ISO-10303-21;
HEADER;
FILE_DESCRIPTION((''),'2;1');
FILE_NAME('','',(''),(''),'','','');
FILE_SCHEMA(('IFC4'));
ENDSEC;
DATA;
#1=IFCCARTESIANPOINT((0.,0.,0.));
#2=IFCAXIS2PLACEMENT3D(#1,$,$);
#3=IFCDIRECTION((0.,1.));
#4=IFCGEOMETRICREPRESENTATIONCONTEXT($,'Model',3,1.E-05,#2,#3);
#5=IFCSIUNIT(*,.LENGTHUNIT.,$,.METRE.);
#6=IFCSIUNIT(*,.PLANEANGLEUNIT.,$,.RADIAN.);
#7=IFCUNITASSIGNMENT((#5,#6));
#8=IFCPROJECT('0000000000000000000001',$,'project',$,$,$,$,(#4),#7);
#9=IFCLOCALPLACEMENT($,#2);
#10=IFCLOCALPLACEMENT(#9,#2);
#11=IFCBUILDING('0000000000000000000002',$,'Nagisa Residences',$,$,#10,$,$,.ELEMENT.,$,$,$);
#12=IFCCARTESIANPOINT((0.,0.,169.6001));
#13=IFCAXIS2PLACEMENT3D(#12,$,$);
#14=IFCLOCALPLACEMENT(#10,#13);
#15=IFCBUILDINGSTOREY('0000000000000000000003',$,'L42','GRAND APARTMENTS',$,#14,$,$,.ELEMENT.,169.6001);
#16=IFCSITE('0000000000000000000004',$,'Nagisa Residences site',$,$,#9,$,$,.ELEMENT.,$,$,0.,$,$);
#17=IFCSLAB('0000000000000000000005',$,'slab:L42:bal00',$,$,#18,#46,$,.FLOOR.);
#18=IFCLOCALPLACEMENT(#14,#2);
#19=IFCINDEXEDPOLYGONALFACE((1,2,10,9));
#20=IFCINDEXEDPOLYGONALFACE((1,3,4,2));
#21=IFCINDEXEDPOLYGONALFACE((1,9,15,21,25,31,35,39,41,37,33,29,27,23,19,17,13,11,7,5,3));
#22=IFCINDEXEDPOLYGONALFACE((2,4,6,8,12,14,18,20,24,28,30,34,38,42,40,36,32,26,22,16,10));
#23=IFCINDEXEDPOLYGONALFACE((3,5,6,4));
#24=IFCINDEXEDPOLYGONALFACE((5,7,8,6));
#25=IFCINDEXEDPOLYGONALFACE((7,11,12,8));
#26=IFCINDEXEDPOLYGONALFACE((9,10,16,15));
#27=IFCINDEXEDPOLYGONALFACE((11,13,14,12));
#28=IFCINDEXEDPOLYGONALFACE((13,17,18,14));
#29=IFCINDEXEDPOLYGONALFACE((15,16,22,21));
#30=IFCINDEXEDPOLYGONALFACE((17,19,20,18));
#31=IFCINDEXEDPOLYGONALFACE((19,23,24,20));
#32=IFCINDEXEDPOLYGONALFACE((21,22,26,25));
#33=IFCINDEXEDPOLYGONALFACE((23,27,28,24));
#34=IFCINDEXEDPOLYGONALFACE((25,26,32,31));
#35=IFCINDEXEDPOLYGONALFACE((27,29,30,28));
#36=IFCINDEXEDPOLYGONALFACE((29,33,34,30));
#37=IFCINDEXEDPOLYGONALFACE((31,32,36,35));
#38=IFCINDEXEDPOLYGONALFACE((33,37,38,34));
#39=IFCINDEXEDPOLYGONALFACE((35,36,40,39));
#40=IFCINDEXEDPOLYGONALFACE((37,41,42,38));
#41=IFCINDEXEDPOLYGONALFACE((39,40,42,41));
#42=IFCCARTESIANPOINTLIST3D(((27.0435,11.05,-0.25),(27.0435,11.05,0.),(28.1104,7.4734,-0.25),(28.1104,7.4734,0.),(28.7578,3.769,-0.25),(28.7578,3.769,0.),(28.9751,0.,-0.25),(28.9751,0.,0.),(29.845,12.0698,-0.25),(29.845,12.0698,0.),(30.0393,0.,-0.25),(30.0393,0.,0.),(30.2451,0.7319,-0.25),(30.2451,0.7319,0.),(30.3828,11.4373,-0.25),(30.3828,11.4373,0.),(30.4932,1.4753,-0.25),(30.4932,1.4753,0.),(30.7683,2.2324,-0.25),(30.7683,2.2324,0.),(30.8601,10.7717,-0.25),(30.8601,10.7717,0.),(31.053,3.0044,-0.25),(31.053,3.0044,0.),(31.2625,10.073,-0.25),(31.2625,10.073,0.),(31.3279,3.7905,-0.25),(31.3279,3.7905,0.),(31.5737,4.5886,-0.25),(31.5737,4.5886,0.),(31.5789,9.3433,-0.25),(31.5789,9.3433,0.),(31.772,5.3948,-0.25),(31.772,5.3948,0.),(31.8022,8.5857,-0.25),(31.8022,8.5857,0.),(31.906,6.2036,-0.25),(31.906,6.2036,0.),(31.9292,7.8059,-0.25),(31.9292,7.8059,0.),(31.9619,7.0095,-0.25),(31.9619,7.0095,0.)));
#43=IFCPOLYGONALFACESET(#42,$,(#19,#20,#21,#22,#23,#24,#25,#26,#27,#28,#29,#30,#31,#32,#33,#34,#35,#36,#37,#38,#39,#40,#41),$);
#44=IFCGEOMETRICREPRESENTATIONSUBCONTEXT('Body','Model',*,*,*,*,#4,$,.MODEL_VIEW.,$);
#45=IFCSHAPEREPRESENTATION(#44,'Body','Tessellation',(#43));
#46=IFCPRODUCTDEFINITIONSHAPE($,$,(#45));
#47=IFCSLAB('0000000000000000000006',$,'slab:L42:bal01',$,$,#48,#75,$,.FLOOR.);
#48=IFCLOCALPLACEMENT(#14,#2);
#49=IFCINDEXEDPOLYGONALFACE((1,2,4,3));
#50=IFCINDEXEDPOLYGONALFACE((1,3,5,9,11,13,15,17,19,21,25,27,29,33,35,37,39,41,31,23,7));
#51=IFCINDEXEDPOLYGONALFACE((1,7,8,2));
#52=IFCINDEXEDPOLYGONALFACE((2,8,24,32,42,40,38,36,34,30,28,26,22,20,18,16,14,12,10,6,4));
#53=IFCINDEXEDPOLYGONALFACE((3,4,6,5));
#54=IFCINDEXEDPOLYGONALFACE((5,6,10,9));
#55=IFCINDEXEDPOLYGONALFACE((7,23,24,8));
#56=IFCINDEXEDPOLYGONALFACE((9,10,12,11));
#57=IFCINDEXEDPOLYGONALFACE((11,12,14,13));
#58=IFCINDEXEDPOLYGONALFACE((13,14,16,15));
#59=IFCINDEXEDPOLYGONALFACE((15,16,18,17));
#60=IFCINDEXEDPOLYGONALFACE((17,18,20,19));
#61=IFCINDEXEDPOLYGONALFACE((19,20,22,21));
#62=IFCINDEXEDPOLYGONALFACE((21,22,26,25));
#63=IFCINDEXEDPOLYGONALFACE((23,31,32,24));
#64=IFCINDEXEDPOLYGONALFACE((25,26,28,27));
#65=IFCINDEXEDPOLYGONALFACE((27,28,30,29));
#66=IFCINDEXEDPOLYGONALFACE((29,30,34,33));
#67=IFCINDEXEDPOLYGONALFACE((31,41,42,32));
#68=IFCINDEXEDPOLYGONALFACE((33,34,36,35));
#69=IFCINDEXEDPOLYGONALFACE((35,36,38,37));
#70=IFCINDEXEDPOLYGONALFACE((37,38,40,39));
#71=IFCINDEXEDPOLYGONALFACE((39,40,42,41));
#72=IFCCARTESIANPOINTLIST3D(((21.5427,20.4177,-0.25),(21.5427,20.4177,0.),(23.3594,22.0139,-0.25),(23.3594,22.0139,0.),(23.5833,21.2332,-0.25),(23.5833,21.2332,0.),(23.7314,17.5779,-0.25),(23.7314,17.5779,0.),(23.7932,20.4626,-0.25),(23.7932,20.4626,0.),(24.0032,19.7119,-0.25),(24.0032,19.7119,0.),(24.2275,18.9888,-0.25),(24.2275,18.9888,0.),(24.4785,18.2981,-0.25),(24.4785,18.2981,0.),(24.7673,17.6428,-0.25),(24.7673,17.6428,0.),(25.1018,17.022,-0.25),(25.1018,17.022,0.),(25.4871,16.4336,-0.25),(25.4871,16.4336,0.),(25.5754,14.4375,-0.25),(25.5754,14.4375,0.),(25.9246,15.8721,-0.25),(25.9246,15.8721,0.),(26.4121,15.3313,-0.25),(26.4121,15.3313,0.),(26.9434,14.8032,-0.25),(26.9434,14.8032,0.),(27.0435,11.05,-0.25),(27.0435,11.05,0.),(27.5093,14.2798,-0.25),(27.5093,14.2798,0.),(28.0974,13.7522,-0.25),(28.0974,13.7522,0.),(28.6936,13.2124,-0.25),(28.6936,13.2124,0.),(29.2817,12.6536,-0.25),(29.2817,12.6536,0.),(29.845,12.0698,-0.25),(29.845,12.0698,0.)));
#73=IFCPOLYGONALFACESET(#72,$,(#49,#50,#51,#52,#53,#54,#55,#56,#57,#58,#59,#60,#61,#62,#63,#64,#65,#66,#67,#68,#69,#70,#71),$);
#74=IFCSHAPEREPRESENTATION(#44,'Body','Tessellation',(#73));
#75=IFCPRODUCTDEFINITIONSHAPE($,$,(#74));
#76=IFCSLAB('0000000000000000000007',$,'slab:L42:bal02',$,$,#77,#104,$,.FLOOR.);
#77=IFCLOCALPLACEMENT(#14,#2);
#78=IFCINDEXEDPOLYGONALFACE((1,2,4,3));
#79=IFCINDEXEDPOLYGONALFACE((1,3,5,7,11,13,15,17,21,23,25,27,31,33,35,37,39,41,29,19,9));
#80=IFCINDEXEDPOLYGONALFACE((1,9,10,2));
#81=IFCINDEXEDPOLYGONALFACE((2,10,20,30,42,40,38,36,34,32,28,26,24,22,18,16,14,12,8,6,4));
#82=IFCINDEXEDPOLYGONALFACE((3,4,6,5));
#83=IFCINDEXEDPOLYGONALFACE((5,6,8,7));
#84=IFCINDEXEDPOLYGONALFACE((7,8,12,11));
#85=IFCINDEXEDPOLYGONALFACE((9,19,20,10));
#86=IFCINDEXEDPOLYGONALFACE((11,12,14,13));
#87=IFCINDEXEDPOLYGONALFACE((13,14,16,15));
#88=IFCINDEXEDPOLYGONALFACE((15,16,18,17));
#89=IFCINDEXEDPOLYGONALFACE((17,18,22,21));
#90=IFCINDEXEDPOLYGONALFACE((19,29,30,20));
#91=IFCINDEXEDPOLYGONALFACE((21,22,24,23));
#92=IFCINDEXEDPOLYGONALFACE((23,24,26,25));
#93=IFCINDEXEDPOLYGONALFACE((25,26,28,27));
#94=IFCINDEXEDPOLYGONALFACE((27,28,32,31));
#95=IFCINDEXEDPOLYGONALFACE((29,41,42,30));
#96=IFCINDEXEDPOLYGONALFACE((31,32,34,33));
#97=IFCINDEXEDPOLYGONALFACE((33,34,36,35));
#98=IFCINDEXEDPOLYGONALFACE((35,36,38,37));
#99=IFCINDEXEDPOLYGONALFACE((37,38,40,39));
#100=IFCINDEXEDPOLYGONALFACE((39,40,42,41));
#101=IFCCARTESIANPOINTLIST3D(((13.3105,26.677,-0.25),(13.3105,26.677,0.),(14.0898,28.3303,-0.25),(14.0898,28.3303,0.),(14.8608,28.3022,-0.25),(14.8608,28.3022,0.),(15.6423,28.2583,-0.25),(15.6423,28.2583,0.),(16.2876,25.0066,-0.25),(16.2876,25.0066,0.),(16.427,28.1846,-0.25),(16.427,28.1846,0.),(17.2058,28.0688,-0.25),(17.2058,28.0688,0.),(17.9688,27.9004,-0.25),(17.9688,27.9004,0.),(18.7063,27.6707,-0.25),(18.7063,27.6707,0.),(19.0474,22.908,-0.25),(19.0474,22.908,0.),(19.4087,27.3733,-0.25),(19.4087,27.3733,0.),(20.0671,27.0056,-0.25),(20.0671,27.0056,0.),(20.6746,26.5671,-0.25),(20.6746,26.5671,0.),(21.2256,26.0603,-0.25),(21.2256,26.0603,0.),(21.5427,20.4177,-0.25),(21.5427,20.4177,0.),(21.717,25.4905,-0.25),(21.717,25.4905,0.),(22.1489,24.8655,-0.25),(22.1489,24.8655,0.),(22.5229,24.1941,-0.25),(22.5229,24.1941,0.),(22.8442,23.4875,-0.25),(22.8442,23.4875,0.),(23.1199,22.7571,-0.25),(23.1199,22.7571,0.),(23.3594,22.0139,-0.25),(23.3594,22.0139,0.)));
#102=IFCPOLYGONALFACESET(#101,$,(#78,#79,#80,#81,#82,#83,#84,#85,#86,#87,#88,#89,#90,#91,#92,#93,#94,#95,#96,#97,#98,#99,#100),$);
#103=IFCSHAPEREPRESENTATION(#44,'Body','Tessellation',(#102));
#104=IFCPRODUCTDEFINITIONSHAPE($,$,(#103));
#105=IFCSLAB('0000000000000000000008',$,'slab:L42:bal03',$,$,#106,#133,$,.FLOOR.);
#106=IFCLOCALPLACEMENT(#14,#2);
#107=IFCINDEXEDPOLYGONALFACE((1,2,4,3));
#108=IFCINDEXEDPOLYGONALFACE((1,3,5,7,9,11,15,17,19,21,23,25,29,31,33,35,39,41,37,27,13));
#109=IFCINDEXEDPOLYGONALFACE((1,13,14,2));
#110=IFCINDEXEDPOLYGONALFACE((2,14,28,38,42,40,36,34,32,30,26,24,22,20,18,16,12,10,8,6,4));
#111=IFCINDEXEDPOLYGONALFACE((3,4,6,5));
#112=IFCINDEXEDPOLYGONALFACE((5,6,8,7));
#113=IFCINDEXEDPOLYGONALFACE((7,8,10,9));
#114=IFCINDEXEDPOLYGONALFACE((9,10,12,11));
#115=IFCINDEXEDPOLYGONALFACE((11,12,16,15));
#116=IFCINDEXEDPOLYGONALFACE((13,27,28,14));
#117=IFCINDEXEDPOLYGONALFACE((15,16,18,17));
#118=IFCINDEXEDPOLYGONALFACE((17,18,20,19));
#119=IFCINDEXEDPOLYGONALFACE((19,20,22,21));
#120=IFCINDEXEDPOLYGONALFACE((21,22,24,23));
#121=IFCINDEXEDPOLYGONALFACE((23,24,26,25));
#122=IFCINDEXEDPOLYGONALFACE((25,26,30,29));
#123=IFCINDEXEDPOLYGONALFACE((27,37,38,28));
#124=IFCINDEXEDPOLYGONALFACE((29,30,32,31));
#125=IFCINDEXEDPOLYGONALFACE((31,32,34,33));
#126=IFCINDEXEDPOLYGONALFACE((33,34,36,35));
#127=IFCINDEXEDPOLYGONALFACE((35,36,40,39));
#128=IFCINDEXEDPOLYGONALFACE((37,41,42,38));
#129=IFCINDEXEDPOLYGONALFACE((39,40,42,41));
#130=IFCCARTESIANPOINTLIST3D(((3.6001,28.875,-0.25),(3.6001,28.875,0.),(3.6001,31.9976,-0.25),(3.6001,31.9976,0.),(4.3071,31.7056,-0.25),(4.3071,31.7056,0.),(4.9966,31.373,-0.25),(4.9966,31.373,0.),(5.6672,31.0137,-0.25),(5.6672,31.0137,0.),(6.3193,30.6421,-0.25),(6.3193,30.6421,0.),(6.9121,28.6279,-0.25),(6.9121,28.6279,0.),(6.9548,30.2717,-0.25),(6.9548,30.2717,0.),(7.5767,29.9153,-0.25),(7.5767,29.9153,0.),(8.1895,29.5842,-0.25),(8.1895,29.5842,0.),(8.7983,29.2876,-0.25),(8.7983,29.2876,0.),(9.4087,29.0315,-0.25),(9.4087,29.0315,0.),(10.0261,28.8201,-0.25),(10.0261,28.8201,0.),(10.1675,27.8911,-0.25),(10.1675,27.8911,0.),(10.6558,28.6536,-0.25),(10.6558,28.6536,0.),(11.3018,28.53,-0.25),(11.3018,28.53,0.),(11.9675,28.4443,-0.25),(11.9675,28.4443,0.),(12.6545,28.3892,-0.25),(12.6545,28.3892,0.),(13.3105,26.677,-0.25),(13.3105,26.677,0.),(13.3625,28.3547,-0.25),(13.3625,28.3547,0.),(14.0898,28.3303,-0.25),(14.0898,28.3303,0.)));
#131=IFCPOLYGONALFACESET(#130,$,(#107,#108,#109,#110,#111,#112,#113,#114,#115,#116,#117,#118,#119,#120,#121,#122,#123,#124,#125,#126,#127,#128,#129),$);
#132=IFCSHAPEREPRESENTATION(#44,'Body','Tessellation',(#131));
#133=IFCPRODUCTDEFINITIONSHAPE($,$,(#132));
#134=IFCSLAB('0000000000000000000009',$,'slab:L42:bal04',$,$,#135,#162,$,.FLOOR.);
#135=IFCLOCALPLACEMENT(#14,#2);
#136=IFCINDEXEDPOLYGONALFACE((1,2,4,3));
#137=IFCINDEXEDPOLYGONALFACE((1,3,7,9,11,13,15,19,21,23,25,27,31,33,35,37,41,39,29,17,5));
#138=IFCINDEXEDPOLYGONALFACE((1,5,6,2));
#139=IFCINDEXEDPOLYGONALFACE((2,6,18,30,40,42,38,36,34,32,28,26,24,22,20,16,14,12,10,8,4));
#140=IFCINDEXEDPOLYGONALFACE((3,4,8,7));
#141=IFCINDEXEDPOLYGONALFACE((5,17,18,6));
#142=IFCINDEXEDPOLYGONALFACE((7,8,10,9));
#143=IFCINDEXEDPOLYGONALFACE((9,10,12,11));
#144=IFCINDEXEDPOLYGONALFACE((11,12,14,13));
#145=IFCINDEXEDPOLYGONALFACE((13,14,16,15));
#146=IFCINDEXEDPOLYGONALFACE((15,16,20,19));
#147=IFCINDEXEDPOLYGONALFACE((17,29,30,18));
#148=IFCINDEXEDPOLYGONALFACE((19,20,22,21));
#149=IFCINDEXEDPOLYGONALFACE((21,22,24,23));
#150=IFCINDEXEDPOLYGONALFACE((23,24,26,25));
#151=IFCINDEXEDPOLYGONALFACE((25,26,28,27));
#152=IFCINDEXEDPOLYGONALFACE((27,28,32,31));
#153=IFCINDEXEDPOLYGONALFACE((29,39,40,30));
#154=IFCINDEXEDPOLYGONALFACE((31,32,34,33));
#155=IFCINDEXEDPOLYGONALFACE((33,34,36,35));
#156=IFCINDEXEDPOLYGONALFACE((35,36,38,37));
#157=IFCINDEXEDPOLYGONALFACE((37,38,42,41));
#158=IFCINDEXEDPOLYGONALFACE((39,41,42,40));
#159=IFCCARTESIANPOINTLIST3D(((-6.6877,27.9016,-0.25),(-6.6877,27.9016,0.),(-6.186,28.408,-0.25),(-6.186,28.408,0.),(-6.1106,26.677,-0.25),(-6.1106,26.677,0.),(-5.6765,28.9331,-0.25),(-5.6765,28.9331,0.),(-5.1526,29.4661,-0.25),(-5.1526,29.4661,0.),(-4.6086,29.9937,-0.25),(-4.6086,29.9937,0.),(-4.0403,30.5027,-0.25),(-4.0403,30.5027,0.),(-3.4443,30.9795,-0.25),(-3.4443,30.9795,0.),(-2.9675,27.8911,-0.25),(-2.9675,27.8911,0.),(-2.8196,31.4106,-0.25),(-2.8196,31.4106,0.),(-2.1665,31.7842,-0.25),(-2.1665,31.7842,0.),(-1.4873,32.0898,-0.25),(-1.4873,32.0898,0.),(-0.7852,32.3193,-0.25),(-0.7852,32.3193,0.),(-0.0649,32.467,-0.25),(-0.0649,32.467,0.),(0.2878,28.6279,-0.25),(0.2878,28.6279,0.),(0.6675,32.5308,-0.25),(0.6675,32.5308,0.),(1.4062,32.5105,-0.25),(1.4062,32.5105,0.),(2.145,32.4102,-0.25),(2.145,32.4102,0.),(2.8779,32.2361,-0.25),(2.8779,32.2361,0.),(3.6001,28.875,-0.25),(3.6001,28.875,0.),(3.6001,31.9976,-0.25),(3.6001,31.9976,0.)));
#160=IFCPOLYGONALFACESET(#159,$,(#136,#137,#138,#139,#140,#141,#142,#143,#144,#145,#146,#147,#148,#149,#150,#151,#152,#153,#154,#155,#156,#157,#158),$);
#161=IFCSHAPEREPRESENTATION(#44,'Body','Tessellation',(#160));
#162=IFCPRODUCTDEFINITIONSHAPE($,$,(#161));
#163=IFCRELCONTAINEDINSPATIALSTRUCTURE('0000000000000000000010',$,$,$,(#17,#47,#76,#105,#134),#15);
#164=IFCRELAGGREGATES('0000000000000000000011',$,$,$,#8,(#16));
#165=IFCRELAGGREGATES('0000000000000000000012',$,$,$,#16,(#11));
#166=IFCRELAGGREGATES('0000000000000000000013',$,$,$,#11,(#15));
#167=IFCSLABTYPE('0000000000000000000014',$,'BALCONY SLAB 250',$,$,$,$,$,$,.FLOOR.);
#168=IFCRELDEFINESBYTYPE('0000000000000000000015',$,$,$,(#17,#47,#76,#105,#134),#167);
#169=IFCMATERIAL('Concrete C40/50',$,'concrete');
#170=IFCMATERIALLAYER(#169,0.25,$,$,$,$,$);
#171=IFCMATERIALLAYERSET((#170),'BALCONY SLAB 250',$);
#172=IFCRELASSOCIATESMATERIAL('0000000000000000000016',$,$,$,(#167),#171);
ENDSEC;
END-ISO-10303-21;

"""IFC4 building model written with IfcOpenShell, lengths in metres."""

from ifc_helpers import new_model, si_unit, direction, frame, origin, place, context, subcontext, project, spatial, polyline, outline, extrude, material, layer, layer_set, type_object, element, save


model = new_model("IFC4")

# Units and contexts
model_context = context("Model", 3, precision=1e-05, world=origin(), true_north=direction((0.0, 1.0)))
body_context = subcontext(model_context, "Body", "Model", "MODEL_VIEW")
ifc_project = project(units=[si_unit("LENGTHUNIT", "METRE"), si_unit("PLANEANGLEUNIT", "RADIAN")], contexts=[model_context])

# Site, building, storey
site_placement = place(None, origin())
site = spatial("IfcSite", under=ifc_project, at=site_placement, Name="Nagisa Residences site", CompositionType="ELEMENT", RefElevation=0.0)
building_placement = place(site_placement, origin())
building = spatial("IfcBuilding", under=site, at=building_placement, Name="Nagisa Residences", CompositionType="ELEMENT")
storey_placement = place(building_placement, frame((0.0, 0.0, 169.6001)))
storey = spatial("IfcBuildingStorey", under=building, at=storey_placement, Name="L42", Description="GRAND APARTMENTS", CompositionType="ELEMENT", Elevation=169.6001)

# Slabs
ifc_material_1 = material(Name="Concrete C40/50", Category="concrete")
ifc_layer_1 = layer(ifc_material_1, 0.25)
ifc_layer_set_1 = layer_set([ifc_layer_1], Name="BALCONY SLAB 250")
slab_type_1 = type_object("IfcSlabType", Name="BALCONY SLAB 250", PredefinedType="FLOOR", material=ifc_layer_set_1)
slab_1_placement = place(storey_placement, frame((0.0, 0.0, -0.25)))
element("IfcSlab", 1, at=slab_1_placement, inside=storey, type_object=slab_type_1, Name="slab:L42:bal00", PredefinedType="FLOOR", context=body_context, shape_type="SweptSolid", body=[
    extrude(outline(polyline([(30.0393, 0.0), (30.2451, 0.7319), (30.4932, 1.4753), (30.7683, 2.2324), (31.053, 3.0044), (31.3279, 3.7905), (31.5737, 4.5886), (31.772, 5.3948), (31.906, 6.2036), (31.9619, 7.0095), (31.9292, 7.8059), (31.8022, 8.5857), (31.5789, 9.3433), (31.2625, 10.073), (30.8601, 10.7717), (30.3828, 11.4373), (29.845, 12.0698), (27.0435, 11.05), (28.1104, 7.4734), (28.7578, 3.769), (28.9751, 0.0), (30.0393, 0.0)])), origin(), (0.0, 0.0, 1.0), 0.25),
])
slab_2_placement = place(storey_placement, frame((0.0, 0.0, -0.25)))
element("IfcSlab", 2, at=slab_2_placement, inside=storey, type_object=slab_type_1, Name="slab:L42:bal01", PredefinedType="FLOOR", context=body_context, shape_type="SweptSolid", body=[
    extrude(outline(polyline([(29.845, 12.0698), (29.2817, 12.6536), (28.6936, 13.2124), (28.0974, 13.7522), (27.5093, 14.2798), (26.9434, 14.8032), (26.4121, 15.3313), (25.9246, 15.8721), (25.4871, 16.4336), (25.1018, 17.022), (24.7673, 17.6428), (24.4785, 18.2981), (24.2275, 18.9888), (24.0032, 19.7119), (23.7932, 20.4626), (23.5833, 21.2332), (23.3594, 22.0139), (21.5427, 20.4177), (23.7314, 17.5779), (25.5754, 14.4375), (27.0435, 11.05), (29.845, 12.0698)])), origin(), (0.0, 0.0, 1.0), 0.25),
])
slab_3_placement = place(storey_placement, frame((0.0, 0.0, -0.25)))
element("IfcSlab", 3, at=slab_3_placement, inside=storey, type_object=slab_type_1, Name="slab:L42:bal02", PredefinedType="FLOOR", context=body_context, shape_type="SweptSolid", body=[
    extrude(outline(polyline([(23.3594, 22.0139), (23.1199, 22.7571), (22.8442, 23.4875), (22.5229, 24.1941), (22.1489, 24.8655), (21.717, 25.4905), (21.2256, 26.0603), (20.6746, 26.5671), (20.0671, 27.0056), (19.4087, 27.3733), (18.7063, 27.6707), (17.9688, 27.9004), (17.2058, 28.0688), (16.427, 28.1846), (15.6423, 28.2583), (14.8608, 28.3022), (14.0898, 28.3303), (13.3105, 26.677), (16.2876, 25.0066), (19.0474, 22.908), (21.5427, 20.4177), (23.3594, 22.0139)])), origin(), (0.0, 0.0, 1.0), 0.25),
])
slab_4_placement = place(storey_placement, frame((0.0, 0.0, -0.25)))
element("IfcSlab", 4, at=slab_4_placement, inside=storey, type_object=slab_type_1, Name="slab:L42:bal03", PredefinedType="FLOOR", context=body_context, shape_type="SweptSolid", body=[
    extrude(outline(polyline([(14.0898, 28.3303), (13.3625, 28.3547), (12.6545, 28.3892), (11.9675, 28.4443), (11.3018, 28.53), (10.6558, 28.6536), (10.0261, 28.8201), (9.4087, 29.0315), (8.7983, 29.2876), (8.1895, 29.5842), (7.5767, 29.9153), (6.9548, 30.2717), (6.3193, 30.6421), (5.6672, 31.0137), (4.9966, 31.373), (4.3071, 31.7056), (3.6001, 31.9976), (3.6001, 28.875), (6.9121, 28.6279), (10.1675, 27.8911), (13.3105, 26.677), (14.0898, 28.3303)])), origin(), (0.0, 0.0, 1.0), 0.25),
])
slab_5_placement = place(storey_placement, frame((0.0, 0.0, -0.25)))
element("IfcSlab", 5, at=slab_5_placement, inside=storey, type_object=slab_type_1, Name="slab:L42:bal04", PredefinedType="FLOOR", context=body_context, shape_type="SweptSolid", body=[
    extrude(outline(polyline([(3.6001, 31.9976), (2.8779, 32.2361), (2.145, 32.4102), (1.4062, 32.5105), (0.6675, 32.5308), (-0.0649, 32.467), (-0.7852, 32.3193), (-1.4873, 32.0898), (-2.1665, 31.7842), (-2.8196, 31.4106), (-3.4443, 30.9795), (-4.0403, 30.5027), (-4.6086, 29.9937), (-5.1526, 29.4661), (-5.6765, 28.9331), (-6.186, 28.408), (-6.6877, 27.9016), (-6.1106, 26.677), (-2.9675, 27.8911), (0.2878, 28.6279), (3.6001, 28.875), (3.6001, 31.9976)])), origin(), (0.0, 0.0, 1.0), 0.25),
])

save(model, "model.ifc")
